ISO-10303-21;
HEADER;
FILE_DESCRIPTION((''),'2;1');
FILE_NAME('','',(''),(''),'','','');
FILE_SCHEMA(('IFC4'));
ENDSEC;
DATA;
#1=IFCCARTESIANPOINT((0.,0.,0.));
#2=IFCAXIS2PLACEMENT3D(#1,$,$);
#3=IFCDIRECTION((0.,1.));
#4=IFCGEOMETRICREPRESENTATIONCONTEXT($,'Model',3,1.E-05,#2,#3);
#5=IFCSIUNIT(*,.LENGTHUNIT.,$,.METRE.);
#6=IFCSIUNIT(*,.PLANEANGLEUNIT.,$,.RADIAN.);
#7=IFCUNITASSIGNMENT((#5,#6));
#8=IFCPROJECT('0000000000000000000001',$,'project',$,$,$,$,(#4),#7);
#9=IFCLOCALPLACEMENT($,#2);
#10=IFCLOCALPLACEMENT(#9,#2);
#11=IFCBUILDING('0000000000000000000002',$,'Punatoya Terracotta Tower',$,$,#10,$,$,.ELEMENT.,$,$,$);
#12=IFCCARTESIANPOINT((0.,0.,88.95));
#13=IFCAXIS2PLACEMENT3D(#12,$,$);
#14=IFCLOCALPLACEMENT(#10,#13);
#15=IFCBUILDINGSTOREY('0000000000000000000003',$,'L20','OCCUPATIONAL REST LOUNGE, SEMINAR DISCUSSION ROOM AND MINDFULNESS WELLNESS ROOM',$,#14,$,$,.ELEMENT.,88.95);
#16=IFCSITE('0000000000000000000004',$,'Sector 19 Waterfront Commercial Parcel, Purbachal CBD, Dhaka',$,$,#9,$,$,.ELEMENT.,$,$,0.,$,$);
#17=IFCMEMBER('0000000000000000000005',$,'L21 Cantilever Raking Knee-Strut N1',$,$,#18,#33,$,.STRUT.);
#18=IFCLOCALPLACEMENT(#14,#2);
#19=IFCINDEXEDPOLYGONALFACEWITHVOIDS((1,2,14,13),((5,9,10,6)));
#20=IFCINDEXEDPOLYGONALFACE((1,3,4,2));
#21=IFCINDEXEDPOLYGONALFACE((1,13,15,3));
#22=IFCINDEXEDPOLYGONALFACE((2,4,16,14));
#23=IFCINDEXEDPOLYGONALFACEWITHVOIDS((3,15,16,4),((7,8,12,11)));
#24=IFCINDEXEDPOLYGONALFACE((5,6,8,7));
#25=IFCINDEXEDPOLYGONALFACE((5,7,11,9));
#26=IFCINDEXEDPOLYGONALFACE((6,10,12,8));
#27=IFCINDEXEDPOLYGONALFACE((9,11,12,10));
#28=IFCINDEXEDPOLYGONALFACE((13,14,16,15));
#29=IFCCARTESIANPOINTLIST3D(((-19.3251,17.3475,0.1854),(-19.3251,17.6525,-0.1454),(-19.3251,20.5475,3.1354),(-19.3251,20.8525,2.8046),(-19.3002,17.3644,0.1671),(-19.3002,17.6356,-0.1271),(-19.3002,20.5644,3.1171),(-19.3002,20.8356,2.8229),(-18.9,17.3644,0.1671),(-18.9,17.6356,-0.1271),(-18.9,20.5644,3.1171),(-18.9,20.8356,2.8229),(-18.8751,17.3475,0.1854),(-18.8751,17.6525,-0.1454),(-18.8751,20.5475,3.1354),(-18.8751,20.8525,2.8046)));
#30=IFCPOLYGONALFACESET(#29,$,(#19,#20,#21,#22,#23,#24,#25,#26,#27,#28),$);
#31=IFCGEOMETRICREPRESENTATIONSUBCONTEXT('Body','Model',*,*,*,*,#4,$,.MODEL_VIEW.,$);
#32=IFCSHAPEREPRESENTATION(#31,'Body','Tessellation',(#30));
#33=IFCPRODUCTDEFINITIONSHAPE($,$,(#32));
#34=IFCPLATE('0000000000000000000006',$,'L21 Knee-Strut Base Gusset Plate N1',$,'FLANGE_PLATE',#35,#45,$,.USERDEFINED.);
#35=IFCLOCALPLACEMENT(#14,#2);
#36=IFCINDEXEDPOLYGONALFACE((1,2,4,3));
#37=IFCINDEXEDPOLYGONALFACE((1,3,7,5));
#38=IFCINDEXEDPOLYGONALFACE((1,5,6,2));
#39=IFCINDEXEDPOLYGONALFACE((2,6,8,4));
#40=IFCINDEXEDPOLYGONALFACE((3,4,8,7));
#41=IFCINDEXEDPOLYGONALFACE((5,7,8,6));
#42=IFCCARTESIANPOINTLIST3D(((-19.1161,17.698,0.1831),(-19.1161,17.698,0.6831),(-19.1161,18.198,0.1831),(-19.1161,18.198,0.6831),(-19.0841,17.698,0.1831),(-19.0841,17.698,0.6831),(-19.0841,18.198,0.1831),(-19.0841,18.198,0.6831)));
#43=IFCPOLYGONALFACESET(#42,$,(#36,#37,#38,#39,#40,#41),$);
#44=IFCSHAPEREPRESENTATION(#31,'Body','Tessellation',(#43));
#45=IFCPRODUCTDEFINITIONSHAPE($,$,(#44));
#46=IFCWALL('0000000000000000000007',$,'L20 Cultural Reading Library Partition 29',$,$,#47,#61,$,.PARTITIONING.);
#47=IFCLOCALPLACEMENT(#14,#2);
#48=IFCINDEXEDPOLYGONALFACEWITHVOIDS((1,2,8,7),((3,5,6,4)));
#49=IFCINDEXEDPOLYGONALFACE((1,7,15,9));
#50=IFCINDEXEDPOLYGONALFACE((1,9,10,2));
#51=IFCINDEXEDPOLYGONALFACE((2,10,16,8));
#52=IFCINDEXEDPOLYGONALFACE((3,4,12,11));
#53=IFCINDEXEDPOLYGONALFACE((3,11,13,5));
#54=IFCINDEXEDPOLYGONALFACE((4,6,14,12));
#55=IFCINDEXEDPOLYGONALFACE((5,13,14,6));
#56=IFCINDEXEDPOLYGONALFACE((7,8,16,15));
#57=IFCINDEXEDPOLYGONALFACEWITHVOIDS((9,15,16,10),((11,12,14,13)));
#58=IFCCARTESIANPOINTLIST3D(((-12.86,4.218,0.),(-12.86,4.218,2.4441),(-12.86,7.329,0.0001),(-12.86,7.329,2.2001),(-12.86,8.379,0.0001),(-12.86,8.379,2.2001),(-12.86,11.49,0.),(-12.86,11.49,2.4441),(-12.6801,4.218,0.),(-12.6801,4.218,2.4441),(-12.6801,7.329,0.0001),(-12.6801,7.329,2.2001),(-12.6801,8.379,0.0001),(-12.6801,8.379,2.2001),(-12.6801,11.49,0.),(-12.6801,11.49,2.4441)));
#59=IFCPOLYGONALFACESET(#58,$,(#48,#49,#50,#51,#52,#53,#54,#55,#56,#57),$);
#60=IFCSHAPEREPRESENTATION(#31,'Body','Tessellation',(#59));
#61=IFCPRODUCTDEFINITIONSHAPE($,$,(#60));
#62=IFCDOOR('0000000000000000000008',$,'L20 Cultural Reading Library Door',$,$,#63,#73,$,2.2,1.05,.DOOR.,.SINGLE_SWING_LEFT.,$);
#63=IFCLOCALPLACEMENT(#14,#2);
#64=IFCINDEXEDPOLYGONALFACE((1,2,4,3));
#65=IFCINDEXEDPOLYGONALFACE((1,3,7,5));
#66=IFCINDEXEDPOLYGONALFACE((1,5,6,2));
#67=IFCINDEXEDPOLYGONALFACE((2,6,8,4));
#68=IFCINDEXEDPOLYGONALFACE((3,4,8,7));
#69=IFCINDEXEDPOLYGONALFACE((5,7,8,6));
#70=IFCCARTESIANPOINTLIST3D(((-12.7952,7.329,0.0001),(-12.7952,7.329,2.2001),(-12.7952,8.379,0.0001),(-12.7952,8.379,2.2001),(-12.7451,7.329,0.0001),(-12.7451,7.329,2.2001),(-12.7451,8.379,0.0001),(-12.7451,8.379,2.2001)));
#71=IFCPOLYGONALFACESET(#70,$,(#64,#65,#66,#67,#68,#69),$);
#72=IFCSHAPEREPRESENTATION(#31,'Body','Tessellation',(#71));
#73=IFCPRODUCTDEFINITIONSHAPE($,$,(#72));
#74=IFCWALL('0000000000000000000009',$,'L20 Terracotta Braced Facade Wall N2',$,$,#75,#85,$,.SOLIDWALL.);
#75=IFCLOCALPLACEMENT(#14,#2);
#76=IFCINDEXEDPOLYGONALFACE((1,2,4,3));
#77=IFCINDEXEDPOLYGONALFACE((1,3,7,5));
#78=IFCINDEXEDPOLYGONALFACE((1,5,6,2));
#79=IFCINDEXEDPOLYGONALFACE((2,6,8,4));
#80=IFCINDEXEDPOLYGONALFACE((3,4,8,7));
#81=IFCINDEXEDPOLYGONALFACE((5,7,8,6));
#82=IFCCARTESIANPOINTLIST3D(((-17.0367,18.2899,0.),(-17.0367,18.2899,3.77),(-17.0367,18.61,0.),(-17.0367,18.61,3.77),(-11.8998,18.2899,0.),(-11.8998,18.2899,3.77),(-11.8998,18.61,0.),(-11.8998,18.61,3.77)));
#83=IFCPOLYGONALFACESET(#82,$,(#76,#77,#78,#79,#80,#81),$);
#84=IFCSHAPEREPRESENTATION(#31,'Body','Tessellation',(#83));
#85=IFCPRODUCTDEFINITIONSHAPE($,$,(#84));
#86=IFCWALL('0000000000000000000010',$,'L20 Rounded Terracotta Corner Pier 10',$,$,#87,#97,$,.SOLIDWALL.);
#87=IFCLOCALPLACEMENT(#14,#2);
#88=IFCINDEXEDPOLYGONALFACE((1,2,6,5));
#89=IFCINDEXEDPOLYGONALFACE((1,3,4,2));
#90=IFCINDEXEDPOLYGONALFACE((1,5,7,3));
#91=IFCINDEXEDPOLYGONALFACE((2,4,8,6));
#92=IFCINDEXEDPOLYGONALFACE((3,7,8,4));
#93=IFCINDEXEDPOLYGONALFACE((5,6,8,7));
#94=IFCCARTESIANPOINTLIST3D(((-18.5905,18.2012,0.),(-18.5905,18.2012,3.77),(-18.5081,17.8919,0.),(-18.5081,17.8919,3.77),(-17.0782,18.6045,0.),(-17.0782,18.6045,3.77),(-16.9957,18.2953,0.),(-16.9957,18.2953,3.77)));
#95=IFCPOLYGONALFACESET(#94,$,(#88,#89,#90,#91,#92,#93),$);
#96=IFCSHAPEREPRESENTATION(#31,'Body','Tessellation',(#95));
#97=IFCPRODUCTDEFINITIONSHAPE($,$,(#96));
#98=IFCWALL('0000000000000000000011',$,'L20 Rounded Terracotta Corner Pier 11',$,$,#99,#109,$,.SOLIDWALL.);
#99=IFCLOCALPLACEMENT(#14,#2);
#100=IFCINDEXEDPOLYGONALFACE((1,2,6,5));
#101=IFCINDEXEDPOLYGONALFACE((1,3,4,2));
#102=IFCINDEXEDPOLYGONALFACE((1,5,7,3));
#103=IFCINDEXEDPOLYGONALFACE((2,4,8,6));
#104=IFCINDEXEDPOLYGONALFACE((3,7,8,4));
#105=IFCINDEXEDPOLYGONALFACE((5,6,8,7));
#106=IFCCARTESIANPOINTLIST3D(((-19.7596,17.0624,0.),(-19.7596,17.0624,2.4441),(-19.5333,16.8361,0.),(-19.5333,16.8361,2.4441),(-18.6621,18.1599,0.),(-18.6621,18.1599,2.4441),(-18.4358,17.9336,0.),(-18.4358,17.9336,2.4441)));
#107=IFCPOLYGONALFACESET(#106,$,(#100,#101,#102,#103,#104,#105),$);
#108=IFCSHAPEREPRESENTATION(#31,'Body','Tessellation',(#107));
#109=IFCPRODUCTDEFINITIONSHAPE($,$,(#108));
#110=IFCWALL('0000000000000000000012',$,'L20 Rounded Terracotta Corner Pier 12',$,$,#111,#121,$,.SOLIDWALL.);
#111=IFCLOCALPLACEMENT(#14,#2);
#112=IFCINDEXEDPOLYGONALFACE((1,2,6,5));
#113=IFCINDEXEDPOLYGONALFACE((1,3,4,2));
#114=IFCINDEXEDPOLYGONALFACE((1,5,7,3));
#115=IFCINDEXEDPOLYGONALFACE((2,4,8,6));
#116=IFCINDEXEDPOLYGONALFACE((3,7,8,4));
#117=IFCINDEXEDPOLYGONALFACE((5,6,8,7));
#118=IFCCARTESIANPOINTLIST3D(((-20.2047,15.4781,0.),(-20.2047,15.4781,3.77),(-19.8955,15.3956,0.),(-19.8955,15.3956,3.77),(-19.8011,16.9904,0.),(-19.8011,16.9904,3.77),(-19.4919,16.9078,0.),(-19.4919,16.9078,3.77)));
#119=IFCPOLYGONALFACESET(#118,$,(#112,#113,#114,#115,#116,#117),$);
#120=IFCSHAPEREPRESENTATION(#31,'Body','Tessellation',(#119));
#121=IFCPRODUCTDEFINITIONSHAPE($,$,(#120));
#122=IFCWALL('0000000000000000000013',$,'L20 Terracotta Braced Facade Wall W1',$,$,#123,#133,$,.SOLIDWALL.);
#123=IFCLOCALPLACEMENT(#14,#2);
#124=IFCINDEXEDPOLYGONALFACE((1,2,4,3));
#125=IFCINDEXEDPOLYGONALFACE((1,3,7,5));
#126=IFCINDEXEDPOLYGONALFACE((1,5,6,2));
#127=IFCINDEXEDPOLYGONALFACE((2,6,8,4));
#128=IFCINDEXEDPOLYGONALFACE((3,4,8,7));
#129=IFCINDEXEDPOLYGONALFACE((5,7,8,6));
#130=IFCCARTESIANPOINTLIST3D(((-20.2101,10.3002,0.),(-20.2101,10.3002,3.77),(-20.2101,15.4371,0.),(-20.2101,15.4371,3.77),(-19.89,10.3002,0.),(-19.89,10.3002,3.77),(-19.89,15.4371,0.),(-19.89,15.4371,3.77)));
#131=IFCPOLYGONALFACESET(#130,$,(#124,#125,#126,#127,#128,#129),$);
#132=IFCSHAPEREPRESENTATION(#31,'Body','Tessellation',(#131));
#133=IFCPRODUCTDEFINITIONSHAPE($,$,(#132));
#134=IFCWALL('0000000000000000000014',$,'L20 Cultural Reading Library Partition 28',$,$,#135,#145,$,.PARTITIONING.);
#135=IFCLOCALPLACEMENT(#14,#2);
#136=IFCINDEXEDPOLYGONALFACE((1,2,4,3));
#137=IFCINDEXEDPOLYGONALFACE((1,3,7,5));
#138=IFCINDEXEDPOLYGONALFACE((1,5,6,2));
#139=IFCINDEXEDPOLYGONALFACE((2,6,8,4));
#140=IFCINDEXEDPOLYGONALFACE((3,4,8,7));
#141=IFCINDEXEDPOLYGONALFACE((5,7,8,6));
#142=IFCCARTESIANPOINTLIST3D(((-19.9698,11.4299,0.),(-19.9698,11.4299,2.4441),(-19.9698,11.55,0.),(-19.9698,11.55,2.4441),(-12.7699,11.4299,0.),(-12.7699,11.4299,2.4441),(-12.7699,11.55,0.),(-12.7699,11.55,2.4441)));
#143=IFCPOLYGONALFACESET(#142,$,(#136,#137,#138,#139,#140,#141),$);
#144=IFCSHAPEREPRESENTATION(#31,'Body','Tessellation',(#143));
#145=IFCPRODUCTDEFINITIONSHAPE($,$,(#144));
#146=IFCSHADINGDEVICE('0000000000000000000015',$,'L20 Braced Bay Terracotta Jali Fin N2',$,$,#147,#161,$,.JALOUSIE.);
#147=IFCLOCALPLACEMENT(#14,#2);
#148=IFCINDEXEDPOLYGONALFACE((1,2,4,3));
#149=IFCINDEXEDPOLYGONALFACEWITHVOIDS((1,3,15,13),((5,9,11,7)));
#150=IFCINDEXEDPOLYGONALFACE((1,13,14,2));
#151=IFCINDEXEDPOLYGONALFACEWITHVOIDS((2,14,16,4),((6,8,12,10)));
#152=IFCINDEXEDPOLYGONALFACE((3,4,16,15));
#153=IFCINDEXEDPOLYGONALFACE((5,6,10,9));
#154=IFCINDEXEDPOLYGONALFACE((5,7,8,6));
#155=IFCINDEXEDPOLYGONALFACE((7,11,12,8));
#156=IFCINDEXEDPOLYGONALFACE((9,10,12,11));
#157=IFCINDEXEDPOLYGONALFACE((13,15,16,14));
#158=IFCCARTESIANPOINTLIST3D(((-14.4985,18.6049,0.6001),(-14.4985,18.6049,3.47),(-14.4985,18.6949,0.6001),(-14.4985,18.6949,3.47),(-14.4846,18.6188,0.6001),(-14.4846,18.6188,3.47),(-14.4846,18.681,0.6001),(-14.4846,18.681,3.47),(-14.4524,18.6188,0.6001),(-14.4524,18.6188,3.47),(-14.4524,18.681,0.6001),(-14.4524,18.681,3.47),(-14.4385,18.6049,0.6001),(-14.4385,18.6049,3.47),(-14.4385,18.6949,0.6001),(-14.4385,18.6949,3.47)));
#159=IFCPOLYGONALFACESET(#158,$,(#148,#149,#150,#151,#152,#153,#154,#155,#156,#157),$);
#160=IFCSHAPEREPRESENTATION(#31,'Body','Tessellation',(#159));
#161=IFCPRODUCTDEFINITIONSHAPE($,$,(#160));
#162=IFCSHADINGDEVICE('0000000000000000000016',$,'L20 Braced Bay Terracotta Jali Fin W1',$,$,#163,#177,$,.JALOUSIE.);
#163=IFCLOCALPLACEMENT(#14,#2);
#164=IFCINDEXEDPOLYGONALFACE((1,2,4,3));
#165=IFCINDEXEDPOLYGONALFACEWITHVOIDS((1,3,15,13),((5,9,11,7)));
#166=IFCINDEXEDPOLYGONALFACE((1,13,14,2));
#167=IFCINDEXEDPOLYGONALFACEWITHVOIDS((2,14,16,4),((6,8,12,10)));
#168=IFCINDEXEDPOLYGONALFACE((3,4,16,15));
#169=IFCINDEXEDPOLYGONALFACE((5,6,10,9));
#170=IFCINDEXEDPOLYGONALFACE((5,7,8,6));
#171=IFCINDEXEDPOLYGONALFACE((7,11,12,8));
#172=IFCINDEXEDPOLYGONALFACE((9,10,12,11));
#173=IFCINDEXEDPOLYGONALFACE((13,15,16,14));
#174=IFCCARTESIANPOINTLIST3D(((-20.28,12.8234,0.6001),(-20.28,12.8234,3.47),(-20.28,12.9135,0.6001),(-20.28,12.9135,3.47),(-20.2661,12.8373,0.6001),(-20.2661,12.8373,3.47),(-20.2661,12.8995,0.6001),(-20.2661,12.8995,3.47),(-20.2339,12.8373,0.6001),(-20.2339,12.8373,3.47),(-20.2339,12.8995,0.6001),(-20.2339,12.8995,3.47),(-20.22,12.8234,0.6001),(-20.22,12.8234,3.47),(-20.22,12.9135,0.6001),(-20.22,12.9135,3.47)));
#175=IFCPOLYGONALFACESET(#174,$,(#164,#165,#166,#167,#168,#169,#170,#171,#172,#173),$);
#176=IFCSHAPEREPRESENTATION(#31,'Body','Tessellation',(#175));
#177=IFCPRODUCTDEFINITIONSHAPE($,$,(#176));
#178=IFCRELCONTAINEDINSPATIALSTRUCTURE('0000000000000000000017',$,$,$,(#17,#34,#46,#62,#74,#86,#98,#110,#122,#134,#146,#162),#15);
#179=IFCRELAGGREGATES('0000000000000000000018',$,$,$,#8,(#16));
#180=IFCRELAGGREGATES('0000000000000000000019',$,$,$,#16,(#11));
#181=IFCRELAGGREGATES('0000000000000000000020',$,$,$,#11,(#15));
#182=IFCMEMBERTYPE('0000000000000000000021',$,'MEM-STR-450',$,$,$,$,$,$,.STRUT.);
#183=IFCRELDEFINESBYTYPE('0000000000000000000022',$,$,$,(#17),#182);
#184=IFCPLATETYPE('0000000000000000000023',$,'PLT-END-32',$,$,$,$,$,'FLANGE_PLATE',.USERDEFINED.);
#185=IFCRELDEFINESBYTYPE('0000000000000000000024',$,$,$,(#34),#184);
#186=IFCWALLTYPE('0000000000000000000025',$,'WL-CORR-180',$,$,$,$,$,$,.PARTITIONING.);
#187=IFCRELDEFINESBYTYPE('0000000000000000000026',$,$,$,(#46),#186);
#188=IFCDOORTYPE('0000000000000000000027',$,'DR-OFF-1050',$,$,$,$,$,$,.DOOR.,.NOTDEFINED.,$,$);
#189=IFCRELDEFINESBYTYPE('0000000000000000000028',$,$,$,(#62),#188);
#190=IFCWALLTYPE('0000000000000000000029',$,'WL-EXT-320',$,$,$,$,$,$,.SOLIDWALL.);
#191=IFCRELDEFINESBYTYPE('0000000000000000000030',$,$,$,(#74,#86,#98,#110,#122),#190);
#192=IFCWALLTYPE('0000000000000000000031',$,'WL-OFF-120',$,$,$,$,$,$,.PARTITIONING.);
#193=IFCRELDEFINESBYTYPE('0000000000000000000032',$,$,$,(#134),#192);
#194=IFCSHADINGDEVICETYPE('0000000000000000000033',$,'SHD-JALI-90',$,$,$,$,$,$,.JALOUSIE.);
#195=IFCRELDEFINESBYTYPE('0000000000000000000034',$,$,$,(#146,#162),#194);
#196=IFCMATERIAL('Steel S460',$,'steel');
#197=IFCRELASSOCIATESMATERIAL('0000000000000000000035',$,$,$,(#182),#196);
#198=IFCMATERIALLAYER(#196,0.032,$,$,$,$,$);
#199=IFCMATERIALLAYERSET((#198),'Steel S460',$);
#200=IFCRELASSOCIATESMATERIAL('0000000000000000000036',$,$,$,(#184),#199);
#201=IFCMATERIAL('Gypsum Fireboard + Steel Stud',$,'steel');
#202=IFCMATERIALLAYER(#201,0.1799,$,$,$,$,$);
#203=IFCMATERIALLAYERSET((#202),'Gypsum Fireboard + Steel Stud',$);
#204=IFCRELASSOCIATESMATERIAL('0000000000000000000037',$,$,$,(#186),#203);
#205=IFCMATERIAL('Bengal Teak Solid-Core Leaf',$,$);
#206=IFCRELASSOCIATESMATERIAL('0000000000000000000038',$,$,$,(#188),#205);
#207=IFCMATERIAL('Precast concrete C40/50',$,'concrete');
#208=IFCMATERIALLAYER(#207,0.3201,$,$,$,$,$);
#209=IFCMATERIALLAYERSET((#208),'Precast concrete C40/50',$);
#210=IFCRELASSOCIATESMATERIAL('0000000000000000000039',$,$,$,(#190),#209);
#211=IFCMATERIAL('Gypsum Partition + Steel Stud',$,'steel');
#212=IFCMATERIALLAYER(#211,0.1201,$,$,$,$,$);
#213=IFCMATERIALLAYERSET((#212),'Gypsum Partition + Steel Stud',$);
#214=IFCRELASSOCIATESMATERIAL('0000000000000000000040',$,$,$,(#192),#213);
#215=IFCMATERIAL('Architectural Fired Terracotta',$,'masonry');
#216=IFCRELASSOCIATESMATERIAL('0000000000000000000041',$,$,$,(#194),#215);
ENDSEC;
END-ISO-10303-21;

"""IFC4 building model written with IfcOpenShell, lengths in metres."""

from ifc_helpers import new_model, si_unit, direction, frame, frame_2d, origin, origin_2d, place, context, subcontext, project, spatial, rectangle, hollow_rectangle, extrude, material, layer, layer_set, material_profile, profile_set, type_object, element, fill, save


model = new_model("IFC4")

# Units and contexts
model_context = context("Model", 3, precision=1e-05, world=origin(), true_north=direction((0.0, 1.0)))
body_context = subcontext(model_context, "Body", "Model", "MODEL_VIEW")
ifc_project = project(units=[si_unit("LENGTHUNIT", "METRE"), si_unit("PLANEANGLEUNIT", "RADIAN")], contexts=[model_context])

# Site, building, storey
site_placement = place(None, origin())
site = spatial("IfcSite", under=ifc_project, at=site_placement, Name="Sector 19 Waterfront Commercial Parcel, Purbachal CBD, Dhaka", CompositionType="ELEMENT", RefElevation=0.0)
building_placement = place(site_placement, origin())
building = spatial("IfcBuilding", under=site, at=building_placement, Name="Punatoya Terracotta Tower", CompositionType="ELEMENT")
storey_placement = place(building_placement, frame((0.0, 0.0, 88.95)))
storey = spatial("IfcBuildingStorey", under=building, at=storey_placement, Name="L20", Description="OCCUPATIONAL REST LOUNGE, SEMINAR DISCUSSION ROOM AND MINDFULNESS WELLNESS ROOM", CompositionType="ELEMENT", Elevation=88.95)

# Shared definitions
ifc_material_1 = material(Name="Steel S460", Category="steel")

# Member
ifc_material_profile_1 = material_profile(ifc_material_1, hollow_rectangle(XDim=0.45, YDim=0.45, WallThickness=0.0249, at=origin_2d()))
ifc_profile_set_1 = profile_set([ifc_material_profile_1], Name="Steel S460")
member_type_1 = type_object("IfcMemberType", Name="MEM-STR-450", PredefinedType="STRUT", material=ifc_profile_set_1)
member_1_placement = place(storey_placement, frame((-19.1001, 17.5, 0.02), z_axis=(0.0, 0.735244, 0.677802), x_axis=(-1.0, 0.0, 0.0)))
element("IfcMember", 1, at=member_1_placement, inside=storey, type_object=member_type_1, Name="L21 Cantilever Raking Knee-Strut N1", PredefinedType="STRUT", context=body_context, shape_type="SweptSolid", body=[
    extrude(hollow_rectangle(XDim=0.45, YDim=0.45, WallThickness=0.0249, at=origin_2d()), origin(), (0.0, 0.0, 1.0), 4.3523),
])

# Plate
ifc_layer_1 = layer(ifc_material_1, 0.032)
ifc_layer_set_1 = layer_set([ifc_layer_1], Name="Steel S460")
plate_type = type_object("IfcPlateType", Name="PLT-END-32", ElementType="FLANGE_PLATE", PredefinedType="USERDEFINED", material=ifc_layer_set_1)
plate_placement = place(storey_placement, frame((-19.1001, 17.948, 0.1831), z_axis=(0.0, 0.0, 1.0), x_axis=(0.0, 1.0, 0.0)))
element("IfcPlate", 2, at=plate_placement, inside=storey, type_object=plate_type, Name="L21 Knee-Strut Base Gusset Plate N1", ObjectType="FLANGE_PLATE", PredefinedType="USERDEFINED", context=body_context, shape_type="SweptSolid", body=[
    extrude(rectangle(XDim=0.5, YDim=0.032, at=origin_2d()), origin(), (0.0, 0.0, 1.0), 0.5),
])

# Wall, opening, door
ifc_material_2 = material(Name="Gypsum Fireboard + Steel Stud", Category="steel")
ifc_layer_2 = layer(ifc_material_2, 0.1799)
ifc_layer_set_2 = layer_set([ifc_layer_2], Name="Gypsum Fireboard + Steel Stud")
wall_type_1 = type_object("IfcWallType", Name="WL-CORR-180", PredefinedType="PARTITIONING", material=ifc_layer_set_2)
wall_1_placement = place(storey_placement, frame((-12.77, 11.49, 0.0), z_axis=(0.0, 0.0, 1.0), x_axis=(0.0, -1.0, 0.0)))
wall_1 = element("IfcWall", 3, at=wall_1_placement, inside=storey, type_object=wall_type_1, Name="L20 Cultural Reading Library Partition 29", PredefinedType="PARTITIONING", context=body_context, shape_type="SweptSolid", body=[
    extrude(rectangle(XDim=7.272, YDim=0.1799, at=frame_2d((3.636, 0.0))), origin(), (0.0, 0.0, 1.0), 2.4441),
])
opening_placement = place(wall_1_placement, frame((3.1111, 0.0, 0.0)))
opening = element("IfcOpeningElement", 4, at=opening_placement, cuts=wall_1, PredefinedType="OPENING", context=body_context, shape_type="SweptSolid", body=[
    extrude(rectangle(XDim=1.05, YDim=2.2, at=frame_2d((0.5249, 1.1001))), frame((0.0, 0.0999, 0.0), z_axis=(0.0, -1.0, 0.0), x_axis=(1.0, 0.0, 0.0)), (0.0, 0.0, 1.0), 0.2),
])
ifc_material_3 = material(Name="Bengal Teak Solid-Core Leaf")
door_type = type_object("IfcDoorType", Name="DR-OFF-1050", OperationType="NOTDEFINED", PredefinedType="DOOR", material=ifc_material_3)
door_placement = place(opening_placement, origin())
door = element("IfcDoor", 5, at=door_placement, inside=storey, type_object=door_type, Name="L20 Cultural Reading Library Door", OperationType="SINGLE_SWING_LEFT", OverallHeight=2.2, OverallWidth=1.05, PredefinedType="DOOR", context=body_context, shape_type="SweptSolid", body=[
    extrude(rectangle(XDim=1.05, YDim=2.2, at=frame_2d((0.5249, 1.1001))), frame((0.0, 0.0249, 0.0), z_axis=(0.0, -1.0, 0.0), x_axis=(1.0, 0.0, 0.0)), (0.0, 0.0, 1.0), 0.05),
])
fill(opening, door)

# Walls
ifc_material_4 = material(Name="Precast concrete C40/50", Category="concrete")
ifc_layer_3 = layer(ifc_material_4, 0.3201)
ifc_layer_set_3 = layer_set([ifc_layer_3], Name="Precast concrete C40/50")
wall_type_2 = type_object("IfcWallType", Name="WL-EXT-320", PredefinedType="SOLIDWALL", material=ifc_layer_set_3)
wall_2_placement = place(storey_placement, frame((-11.8999, 18.45, 0.0), z_axis=(0.0, 0.0, 1.0), x_axis=(-1.0, 0.0, 0.0)))
element("IfcWall", 6, at=wall_2_placement, inside=storey, type_object=wall_type_2, Name="L20 Terracotta Braced Facade Wall N2", PredefinedType="SOLIDWALL", context=body_context, shape_type="SweptSolid", body=[
    extrude(rectangle(XDim=5.137, YDim=0.3201, at=frame_2d((2.5684, 0.0))), origin(), (0.0, 0.0, 1.0), 3.77),
])
wall_3_placement = place(storey_placement, frame((-17.0369, 18.45, 0.0), z_axis=(0.0, 0.0, 1.0), x_axis=(-0.966225, -0.257701, 0.0)))
element("IfcWall", 7, at=wall_3_placement, inside=storey, type_object=wall_type_2, Name="L20 Rounded Terracotta Corner Pier 10", PredefinedType="SOLIDWALL", context=body_context, shape_type="SweptSolid", body=[
    extrude(rectangle(XDim=1.5652, YDim=0.3201, at=frame_2d((0.7827, 0.0))), origin(), (0.0, 0.0, 1.0), 3.77),
])
wall_4_placement = place(storey_placement, frame((-18.5491, 18.0466, 0.0), z_axis=(0.0, 0.0, 1.0), x_axis=(-0.707107, -0.707107, 0.0)))
element("IfcWall", 8, at=wall_4_placement, inside=storey, type_object=wall_type_2, Name="L20 Rounded Terracotta Corner Pier 11", PredefinedType="SOLIDWALL", context=body_context, shape_type="SweptSolid", body=[
    extrude(rectangle(XDim=1.552, YDim=0.3201, at=frame_2d((0.7759, 0.0))), origin(), (0.0, 0.0, 1.0), 2.4441),
])
wall_5_placement = place(storey_placement, frame((-19.6465, 16.9492, 0.0), z_axis=(0.0, 0.0, 1.0), x_axis=(-0.257847, -0.966186, 0.0)))
element("IfcWall", 9, at=wall_5_placement, inside=storey, type_object=wall_type_2, Name="L20 Rounded Terracotta Corner Pier 12", PredefinedType="SOLIDWALL", context=body_context, shape_type="SweptSolid", body=[
    extrude(rectangle(XDim=1.5652, YDim=0.3201, at=frame_2d((0.7827, 0.0))), origin(), (0.0, 0.0, 1.0), 3.77),
])
wall_6_placement = place(storey_placement, frame((-20.05, 15.437, 0.0), z_axis=(0.0, 0.0, 1.0), x_axis=(0.0, -1.0, 0.0)))
element("IfcWall", 10, at=wall_6_placement, inside=storey, type_object=wall_type_2, Name="L20 Terracotta Braced Facade Wall W1", PredefinedType="SOLIDWALL", context=body_context, shape_type="SweptSolid", body=[
    extrude(rectangle(XDim=5.137, YDim=0.3201, at=frame_2d((2.5684, 0.0))), origin(), (0.0, 0.0, 1.0), 3.77),
])
ifc_material_5 = material(Name="Gypsum Partition + Steel Stud", Category="steel")
ifc_layer_4 = layer(ifc_material_5, 0.1201)
ifc_layer_set_4 = layer_set([ifc_layer_4], Name="Gypsum Partition + Steel Stud")
wall_type_3 = type_object("IfcWallType", Name="WL-OFF-120", PredefinedType="PARTITIONING", material=ifc_layer_set_4)
wall_7_placement = place(storey_placement, frame((-19.97, 11.49, 0.0), z_axis=(0.0, 0.0, 1.0), x_axis=(1.0, 0.0, 0.0)))
element("IfcWall", 11, at=wall_7_placement, inside=storey, type_object=wall_type_3, Name="L20 Cultural Reading Library Partition 28", PredefinedType="PARTITIONING", context=body_context, shape_type="SweptSolid", body=[
    extrude(rectangle(XDim=7.2, YDim=0.1201, at=frame_2d((3.6001, 0.0))), origin(), (0.0, 0.0, 1.0), 2.4441),
])

# Shading devices
ifc_material_6 = material(Name="Architectural Fired Terracotta", Category="masonry")
ifc_material_profile_2 = material_profile(ifc_material_6, hollow_rectangle(XDim=0.0601, YDim=0.0901, WallThickness=0.0139, at=origin_2d()))
ifc_profile_set_2 = profile_set([ifc_material_profile_2], Name="Architectural Fired Terracotta")
shading_device_type = type_object("IfcShadingDeviceType", Name="SHD-JALI-90", PredefinedType="JALOUSIE", material=ifc_profile_set_2)
for number, where, z_axis, x_axis, name in (
    (12, (-14.4685, 18.6499, 0.6001), (0.0, 0.0, 1.0), (1.0, 0.0, 0.0), "L20 Braced Bay Terracotta Jali Fin N2"),
    (13, (-20.25, 12.8684, 0.6001), (0.0, 0.0, 1.0), (1.0, 0.0, 0.0), "L20 Braced Bay Terracotta Jali Fin W1"),
):
    element("IfcShadingDevice", number, at=place(storey_placement, frame(where, z_axis=z_axis, x_axis=x_axis)), inside=storey, type_object=shading_device_type, Name=name, PredefinedType="JALOUSIE", context=body_context, shape_type="SweptSolid", body=[
        extrude(hollow_rectangle(XDim=0.0601, YDim=0.0901, WallThickness=0.0139, at=origin_2d()), origin(), (0.0, 0.0, 1.0), 2.8699),
    ])

save(model, "model.ifc")
